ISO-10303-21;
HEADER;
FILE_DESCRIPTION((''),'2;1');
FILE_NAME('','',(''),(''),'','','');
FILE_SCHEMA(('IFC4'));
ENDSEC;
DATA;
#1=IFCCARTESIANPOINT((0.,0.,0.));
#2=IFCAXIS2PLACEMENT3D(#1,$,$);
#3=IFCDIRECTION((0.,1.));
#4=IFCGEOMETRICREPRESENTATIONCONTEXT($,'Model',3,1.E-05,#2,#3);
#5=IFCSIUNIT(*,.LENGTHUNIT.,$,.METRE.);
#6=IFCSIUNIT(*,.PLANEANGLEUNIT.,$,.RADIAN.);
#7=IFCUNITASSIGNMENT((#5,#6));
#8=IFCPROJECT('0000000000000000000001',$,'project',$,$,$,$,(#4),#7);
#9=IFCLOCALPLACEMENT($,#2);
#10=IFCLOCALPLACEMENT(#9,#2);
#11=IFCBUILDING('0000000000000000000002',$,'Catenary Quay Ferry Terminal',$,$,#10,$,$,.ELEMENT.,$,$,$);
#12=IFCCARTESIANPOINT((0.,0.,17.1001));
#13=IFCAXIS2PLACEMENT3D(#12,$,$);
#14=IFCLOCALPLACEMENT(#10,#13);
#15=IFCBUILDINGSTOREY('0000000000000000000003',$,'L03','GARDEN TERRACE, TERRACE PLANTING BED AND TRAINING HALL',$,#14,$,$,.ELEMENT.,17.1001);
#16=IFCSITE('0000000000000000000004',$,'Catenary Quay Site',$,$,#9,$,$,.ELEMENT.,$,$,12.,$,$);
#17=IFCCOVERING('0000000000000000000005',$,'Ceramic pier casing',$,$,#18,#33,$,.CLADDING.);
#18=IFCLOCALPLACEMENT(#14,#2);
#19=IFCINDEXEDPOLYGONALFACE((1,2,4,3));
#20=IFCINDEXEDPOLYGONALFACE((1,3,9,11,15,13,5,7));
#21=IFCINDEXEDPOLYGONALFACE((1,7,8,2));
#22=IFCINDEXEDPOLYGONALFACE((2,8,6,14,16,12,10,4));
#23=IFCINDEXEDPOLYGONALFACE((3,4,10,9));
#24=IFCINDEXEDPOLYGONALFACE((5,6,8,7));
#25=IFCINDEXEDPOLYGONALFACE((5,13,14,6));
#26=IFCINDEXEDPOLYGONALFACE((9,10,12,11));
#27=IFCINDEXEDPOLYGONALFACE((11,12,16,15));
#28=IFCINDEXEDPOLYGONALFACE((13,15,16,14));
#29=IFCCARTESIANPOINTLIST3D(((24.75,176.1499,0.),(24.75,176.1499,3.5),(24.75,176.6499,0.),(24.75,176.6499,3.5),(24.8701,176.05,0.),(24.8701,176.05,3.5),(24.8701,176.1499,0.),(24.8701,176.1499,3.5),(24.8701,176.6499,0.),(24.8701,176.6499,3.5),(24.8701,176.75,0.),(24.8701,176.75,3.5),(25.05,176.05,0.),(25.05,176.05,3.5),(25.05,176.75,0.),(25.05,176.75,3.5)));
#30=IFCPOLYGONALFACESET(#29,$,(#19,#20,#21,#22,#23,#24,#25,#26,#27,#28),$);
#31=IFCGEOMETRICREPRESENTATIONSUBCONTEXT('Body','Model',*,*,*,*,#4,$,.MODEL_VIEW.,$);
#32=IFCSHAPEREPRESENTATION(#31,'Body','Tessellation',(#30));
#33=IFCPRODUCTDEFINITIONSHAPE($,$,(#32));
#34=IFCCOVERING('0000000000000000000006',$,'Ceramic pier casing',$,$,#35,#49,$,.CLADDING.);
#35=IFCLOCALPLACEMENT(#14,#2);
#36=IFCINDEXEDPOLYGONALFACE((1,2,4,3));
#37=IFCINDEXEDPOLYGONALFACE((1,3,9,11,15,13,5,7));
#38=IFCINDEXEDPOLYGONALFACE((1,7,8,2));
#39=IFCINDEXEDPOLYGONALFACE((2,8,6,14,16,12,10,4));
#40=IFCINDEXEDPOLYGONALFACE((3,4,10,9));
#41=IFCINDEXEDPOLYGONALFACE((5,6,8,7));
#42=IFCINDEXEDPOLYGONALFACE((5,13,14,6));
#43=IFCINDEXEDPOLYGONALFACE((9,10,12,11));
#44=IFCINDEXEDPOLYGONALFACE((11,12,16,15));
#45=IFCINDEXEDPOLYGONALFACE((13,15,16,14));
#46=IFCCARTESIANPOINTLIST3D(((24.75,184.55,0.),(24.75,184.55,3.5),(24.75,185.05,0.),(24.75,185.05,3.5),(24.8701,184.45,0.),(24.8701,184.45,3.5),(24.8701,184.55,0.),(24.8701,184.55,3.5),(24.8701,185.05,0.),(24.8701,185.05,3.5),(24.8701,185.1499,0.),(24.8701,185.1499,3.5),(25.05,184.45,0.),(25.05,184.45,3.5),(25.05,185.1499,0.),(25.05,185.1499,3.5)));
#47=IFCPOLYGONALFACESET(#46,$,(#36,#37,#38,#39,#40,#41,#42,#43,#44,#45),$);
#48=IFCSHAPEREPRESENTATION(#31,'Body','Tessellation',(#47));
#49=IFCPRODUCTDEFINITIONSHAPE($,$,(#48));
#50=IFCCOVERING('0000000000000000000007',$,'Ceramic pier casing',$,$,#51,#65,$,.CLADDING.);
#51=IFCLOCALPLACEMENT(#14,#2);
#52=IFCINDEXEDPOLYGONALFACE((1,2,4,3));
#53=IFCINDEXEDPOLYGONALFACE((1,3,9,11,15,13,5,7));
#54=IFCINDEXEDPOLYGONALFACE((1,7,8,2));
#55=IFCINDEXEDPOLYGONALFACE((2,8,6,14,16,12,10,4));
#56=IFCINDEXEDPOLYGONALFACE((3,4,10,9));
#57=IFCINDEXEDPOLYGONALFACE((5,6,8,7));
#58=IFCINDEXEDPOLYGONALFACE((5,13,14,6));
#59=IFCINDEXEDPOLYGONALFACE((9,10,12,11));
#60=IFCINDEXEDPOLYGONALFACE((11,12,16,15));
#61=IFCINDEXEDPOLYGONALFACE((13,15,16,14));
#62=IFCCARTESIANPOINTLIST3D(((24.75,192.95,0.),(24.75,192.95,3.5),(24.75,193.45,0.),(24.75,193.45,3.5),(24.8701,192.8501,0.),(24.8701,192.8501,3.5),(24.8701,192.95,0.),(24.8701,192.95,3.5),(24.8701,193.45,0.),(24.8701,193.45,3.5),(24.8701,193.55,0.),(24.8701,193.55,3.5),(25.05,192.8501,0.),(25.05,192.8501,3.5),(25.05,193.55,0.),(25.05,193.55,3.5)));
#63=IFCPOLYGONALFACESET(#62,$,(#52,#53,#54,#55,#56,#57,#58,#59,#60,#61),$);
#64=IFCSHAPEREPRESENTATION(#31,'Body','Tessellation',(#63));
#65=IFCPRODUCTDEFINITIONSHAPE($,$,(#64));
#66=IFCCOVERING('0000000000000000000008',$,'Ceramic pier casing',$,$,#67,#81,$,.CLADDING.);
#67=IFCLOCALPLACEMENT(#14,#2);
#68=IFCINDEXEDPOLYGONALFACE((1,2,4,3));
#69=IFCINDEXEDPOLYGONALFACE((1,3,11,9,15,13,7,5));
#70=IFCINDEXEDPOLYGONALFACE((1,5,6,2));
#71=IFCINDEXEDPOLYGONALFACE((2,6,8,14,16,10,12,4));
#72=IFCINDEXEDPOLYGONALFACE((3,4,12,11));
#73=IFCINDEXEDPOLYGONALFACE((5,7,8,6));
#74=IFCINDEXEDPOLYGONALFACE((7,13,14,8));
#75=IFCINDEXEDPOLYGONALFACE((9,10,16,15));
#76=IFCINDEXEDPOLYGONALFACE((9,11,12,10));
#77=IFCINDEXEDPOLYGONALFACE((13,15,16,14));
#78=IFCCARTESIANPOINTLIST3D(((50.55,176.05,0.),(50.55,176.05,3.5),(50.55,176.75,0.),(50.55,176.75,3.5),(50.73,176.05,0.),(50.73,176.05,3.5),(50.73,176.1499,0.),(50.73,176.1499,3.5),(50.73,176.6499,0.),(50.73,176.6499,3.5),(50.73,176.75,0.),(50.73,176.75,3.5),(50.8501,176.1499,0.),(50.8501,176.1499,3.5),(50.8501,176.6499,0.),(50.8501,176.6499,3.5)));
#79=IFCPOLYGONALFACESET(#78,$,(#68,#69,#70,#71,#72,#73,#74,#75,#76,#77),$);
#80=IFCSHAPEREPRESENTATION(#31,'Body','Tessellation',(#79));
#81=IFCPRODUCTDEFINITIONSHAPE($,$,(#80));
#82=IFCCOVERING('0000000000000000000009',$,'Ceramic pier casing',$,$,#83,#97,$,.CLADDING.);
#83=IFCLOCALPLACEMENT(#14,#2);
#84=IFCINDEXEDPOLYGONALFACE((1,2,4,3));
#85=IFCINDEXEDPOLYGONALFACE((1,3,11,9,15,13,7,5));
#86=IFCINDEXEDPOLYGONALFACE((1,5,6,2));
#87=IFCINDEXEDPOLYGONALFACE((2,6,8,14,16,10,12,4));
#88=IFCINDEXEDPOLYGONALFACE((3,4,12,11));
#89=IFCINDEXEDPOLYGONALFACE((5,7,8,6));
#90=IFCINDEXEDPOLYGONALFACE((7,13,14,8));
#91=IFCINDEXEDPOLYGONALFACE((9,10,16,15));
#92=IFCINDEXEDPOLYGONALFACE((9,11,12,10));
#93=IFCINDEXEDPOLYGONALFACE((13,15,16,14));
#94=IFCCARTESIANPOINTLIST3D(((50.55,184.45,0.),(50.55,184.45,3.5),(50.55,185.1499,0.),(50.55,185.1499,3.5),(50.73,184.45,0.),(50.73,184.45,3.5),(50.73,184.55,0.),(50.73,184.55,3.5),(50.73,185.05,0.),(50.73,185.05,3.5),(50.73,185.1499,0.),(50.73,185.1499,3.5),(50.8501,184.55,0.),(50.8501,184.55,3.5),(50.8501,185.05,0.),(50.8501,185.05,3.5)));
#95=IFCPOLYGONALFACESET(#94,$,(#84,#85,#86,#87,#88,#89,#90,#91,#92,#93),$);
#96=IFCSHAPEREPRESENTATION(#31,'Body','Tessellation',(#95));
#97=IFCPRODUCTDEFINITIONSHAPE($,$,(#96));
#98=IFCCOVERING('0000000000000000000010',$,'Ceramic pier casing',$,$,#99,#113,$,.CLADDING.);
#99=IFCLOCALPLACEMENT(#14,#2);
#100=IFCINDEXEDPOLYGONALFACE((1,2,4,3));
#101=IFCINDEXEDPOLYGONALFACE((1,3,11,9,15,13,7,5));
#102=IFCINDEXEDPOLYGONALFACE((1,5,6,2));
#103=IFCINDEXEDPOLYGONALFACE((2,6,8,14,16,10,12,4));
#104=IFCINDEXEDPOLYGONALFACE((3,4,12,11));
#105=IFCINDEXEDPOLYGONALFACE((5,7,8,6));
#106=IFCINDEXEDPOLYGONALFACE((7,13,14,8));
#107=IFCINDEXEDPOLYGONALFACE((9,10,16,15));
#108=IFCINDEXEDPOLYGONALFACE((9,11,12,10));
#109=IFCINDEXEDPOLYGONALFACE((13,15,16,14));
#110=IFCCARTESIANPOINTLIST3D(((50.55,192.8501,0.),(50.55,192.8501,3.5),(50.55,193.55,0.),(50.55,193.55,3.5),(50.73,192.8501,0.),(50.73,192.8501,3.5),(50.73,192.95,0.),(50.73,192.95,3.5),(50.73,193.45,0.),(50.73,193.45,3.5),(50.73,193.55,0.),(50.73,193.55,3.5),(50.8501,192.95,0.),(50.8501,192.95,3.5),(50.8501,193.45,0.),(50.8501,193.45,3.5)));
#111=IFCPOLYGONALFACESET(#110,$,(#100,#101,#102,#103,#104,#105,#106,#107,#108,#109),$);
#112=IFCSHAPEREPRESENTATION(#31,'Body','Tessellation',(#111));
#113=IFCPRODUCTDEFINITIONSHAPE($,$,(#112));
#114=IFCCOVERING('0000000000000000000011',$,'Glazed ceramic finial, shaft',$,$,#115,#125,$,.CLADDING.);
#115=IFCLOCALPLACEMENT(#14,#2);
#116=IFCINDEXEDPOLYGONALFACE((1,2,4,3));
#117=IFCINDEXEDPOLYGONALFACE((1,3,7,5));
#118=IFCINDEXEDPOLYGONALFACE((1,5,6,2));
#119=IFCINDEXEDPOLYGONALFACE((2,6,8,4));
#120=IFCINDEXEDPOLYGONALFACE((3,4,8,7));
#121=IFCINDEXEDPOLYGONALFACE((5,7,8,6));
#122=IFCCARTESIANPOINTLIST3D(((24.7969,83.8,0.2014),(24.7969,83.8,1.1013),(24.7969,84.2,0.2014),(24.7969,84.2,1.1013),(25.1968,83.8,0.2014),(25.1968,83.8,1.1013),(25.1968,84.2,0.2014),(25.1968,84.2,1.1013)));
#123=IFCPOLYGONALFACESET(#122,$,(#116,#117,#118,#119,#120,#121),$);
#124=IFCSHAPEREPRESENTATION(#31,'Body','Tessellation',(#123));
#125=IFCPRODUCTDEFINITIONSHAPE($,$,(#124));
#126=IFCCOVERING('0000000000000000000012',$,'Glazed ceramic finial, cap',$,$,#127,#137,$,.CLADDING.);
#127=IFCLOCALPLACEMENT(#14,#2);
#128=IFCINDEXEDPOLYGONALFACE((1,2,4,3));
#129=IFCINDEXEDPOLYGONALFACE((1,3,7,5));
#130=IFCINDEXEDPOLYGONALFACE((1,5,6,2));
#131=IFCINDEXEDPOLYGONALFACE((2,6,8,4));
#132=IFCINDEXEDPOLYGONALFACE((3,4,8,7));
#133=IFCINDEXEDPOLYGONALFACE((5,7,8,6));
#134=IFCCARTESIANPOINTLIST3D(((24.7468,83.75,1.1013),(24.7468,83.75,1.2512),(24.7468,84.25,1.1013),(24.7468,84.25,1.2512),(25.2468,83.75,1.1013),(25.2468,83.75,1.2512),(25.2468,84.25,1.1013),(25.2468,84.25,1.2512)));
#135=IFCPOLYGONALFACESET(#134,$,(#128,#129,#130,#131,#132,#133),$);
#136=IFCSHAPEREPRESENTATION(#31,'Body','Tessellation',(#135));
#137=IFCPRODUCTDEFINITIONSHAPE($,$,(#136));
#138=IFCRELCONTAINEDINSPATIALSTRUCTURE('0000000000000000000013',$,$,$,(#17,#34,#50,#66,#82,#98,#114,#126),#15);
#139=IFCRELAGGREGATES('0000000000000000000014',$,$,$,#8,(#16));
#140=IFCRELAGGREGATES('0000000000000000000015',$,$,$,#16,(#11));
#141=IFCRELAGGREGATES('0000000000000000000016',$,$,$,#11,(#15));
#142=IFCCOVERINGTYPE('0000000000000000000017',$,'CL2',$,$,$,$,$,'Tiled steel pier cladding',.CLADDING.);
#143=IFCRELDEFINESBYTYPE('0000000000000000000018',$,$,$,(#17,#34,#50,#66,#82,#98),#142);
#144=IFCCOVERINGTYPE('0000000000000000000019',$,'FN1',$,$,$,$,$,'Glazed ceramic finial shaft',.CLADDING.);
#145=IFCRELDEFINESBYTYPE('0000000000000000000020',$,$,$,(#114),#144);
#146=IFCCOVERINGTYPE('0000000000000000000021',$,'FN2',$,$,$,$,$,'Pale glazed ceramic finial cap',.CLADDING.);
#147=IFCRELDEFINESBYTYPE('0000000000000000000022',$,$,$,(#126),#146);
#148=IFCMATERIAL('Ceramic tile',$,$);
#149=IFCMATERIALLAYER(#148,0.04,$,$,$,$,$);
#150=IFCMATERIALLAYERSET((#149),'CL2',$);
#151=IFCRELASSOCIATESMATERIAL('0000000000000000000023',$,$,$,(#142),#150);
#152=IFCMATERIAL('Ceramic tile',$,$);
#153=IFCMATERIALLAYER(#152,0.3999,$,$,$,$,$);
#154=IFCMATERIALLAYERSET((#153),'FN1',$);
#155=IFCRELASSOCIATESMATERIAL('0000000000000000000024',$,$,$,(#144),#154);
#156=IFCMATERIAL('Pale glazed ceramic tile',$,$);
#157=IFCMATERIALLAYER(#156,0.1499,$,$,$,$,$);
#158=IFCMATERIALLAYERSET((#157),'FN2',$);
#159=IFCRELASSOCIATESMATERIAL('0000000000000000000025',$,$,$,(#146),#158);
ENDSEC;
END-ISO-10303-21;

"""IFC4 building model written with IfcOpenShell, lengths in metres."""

from ifc_helpers import new_model, si_unit, direction, frame, origin, origin_2d, place, context, subcontext, project, spatial, polyline, rectangle, outline, extrude, material, layer, layer_set, type_object, element, save


model = new_model("IFC4")

# Units and contexts
model_context = context("Model", 3, precision=1e-05, world=origin(), true_north=direction((0.0, 1.0)))
body_context = subcontext(model_context, "Body", "Model", "MODEL_VIEW")
ifc_project = project(units=[si_unit("LENGTHUNIT", "METRE"), si_unit("PLANEANGLEUNIT", "RADIAN")], contexts=[model_context])

# Site, building, storey
site_placement = place(None, origin())
site = spatial("IfcSite", under=ifc_project, at=site_placement, Name="Catenary Quay Site", CompositionType="ELEMENT", RefElevation=12.0)
building_placement = place(site_placement, origin())
building = spatial("IfcBuilding", under=site, at=building_placement, Name="Catenary Quay Ferry Terminal", CompositionType="ELEMENT")
storey_placement = place(building_placement, frame((0.0, 0.0, 17.1001)))
storey = spatial("IfcBuildingStorey", under=building, at=storey_placement, Name="L03", Description="GARDEN TERRACE, TERRACE PLANTING BED AND TRAINING HALL", CompositionType="ELEMENT", Elevation=17.1001)

# Coverings
ifc_material_1 = material(Name="Ceramic tile")
ifc_layer_1 = layer(ifc_material_1, 0.04)
ifc_layer_set_1 = layer_set([ifc_layer_1], Name="CL2")
covering_type_1 = type_object("IfcCoveringType", Name="CL2", ElementType="Tiled steel pier cladding", PredefinedType="CLADDING", material=ifc_layer_set_1)
covering_1_placement = place(storey_placement, origin())
element("IfcCovering", 1, at=covering_1_placement, inside=storey, type_object=covering_type_1, Name="Ceramic pier casing", PredefinedType="CLADDING", context=body_context, shape_type="SweptSolid", body=[
    extrude(outline(polyline([(25.05, 176.75), (24.8701, 176.75), (24.8701, 176.6499), (24.75, 176.6499), (24.75, 176.1499), (24.8701, 176.1499), (24.8701, 176.05), (25.05, 176.05), (25.05, 176.75)])), origin(), (0.0, 0.0, 1.0), 3.5),
])
covering_2_placement = place(storey_placement, origin())
element("IfcCovering", 2, at=covering_2_placement, inside=storey, type_object=covering_type_1, Name="Ceramic pier casing", PredefinedType="CLADDING", context=body_context, shape_type="SweptSolid", body=[
    extrude(outline(polyline([(25.05, 185.1499), (24.8701, 185.1499), (24.8701, 185.05), (24.75, 185.05), (24.75, 184.55), (24.8701, 184.55), (24.8701, 184.45), (25.05, 184.45), (25.05, 185.1499)])), origin(), (0.0, 0.0, 1.0), 3.5),
])
covering_3_placement = place(storey_placement, origin())
element("IfcCovering", 3, at=covering_3_placement, inside=storey, type_object=covering_type_1, Name="Ceramic pier casing", PredefinedType="CLADDING", context=body_context, shape_type="SweptSolid", body=[
    extrude(outline(polyline([(25.05, 193.55), (24.8701, 193.55), (24.8701, 193.45), (24.75, 193.45), (24.75, 192.95), (24.8701, 192.95), (24.8701, 192.8501), (25.05, 192.8501), (25.05, 193.55)])), origin(), (0.0, 0.0, 1.0), 3.5),
])
covering_4_placement = place(storey_placement, origin())
element("IfcCovering", 4, at=covering_4_placement, inside=storey, type_object=covering_type_1, Name="Ceramic pier casing", PredefinedType="CLADDING", context=body_context, shape_type="SweptSolid", body=[
    extrude(outline(polyline([(50.55, 176.05), (50.73, 176.05), (50.73, 176.1499), (50.8501, 176.1499), (50.8501, 176.6499), (50.73, 176.6499), (50.73, 176.75), (50.55, 176.75), (50.55, 176.05)])), origin(), (0.0, 0.0, 1.0), 3.5),
])
covering_5_placement = place(storey_placement, origin())
element("IfcCovering", 5, at=covering_5_placement, inside=storey, type_object=covering_type_1, Name="Ceramic pier casing", PredefinedType="CLADDING", context=body_context, shape_type="SweptSolid", body=[
    extrude(outline(polyline([(50.55, 184.45), (50.73, 184.45), (50.73, 184.55), (50.8501, 184.55), (50.8501, 185.05), (50.73, 185.05), (50.73, 185.1499), (50.55, 185.1499), (50.55, 184.45)])), origin(), (0.0, 0.0, 1.0), 3.5),
])
covering_6_placement = place(storey_placement, origin())
element("IfcCovering", 6, at=covering_6_placement, inside=storey, type_object=covering_type_1, Name="Ceramic pier casing", PredefinedType="CLADDING", context=body_context, shape_type="SweptSolid", body=[
    extrude(outline(polyline([(50.55, 192.8501), (50.73, 192.8501), (50.73, 192.95), (50.8501, 192.95), (50.8501, 193.45), (50.73, 193.45), (50.73, 193.55), (50.55, 193.55), (50.55, 192.8501)])), origin(), (0.0, 0.0, 1.0), 3.5),
])
ifc_material_2 = material(Name="Ceramic tile")
ifc_layer_2 = layer(ifc_material_2, 0.3999)
ifc_layer_set_2 = layer_set([ifc_layer_2], Name="FN1")
covering_type_2 = type_object("IfcCoveringType", Name="FN1", ElementType="Glazed ceramic finial shaft", PredefinedType="CLADDING", material=ifc_layer_set_2)
covering_7_placement = place(storey_placement, frame((24.9968, 84.0, 0.2014), z_axis=(0.0, 0.0, 1.0), x_axis=(1.0, 0.0, 0.0)))
element("IfcCovering", 7, at=covering_7_placement, inside=storey, type_object=covering_type_2, Name="Glazed ceramic finial, shaft", PredefinedType="CLADDING", context=body_context, shape_type="SweptSolid", body=[
    extrude(rectangle(XDim=0.3999, YDim=0.3999, at=origin_2d()), origin(), (0.0, 0.0, 1.0), 0.8999),
])
ifc_material_3 = material(Name="Pale glazed ceramic tile")
ifc_layer_3 = layer(ifc_material_3, 0.1499)
ifc_layer_set_3 = layer_set([ifc_layer_3], Name="FN2")
covering_type_3 = type_object("IfcCoveringType", Name="FN2", ElementType="Pale glazed ceramic finial cap", PredefinedType="CLADDING", material=ifc_layer_set_3)
covering_8_placement = place(storey_placement, frame((24.9968, 84.0, 1.1013), z_axis=(0.0, 0.0, 1.0), x_axis=(1.0, 0.0, 0.0)))
element("IfcCovering", 8, at=covering_8_placement, inside=storey, type_object=covering_type_3, Name="Glazed ceramic finial, cap", PredefinedType="CLADDING", context=body_context, shape_type="SweptSolid", body=[
    extrude(rectangle(XDim=0.5, YDim=0.5, at=origin_2d()), origin(), (0.0, 0.0, 1.0), 0.1499),
])

save(model, "model.ifc")
